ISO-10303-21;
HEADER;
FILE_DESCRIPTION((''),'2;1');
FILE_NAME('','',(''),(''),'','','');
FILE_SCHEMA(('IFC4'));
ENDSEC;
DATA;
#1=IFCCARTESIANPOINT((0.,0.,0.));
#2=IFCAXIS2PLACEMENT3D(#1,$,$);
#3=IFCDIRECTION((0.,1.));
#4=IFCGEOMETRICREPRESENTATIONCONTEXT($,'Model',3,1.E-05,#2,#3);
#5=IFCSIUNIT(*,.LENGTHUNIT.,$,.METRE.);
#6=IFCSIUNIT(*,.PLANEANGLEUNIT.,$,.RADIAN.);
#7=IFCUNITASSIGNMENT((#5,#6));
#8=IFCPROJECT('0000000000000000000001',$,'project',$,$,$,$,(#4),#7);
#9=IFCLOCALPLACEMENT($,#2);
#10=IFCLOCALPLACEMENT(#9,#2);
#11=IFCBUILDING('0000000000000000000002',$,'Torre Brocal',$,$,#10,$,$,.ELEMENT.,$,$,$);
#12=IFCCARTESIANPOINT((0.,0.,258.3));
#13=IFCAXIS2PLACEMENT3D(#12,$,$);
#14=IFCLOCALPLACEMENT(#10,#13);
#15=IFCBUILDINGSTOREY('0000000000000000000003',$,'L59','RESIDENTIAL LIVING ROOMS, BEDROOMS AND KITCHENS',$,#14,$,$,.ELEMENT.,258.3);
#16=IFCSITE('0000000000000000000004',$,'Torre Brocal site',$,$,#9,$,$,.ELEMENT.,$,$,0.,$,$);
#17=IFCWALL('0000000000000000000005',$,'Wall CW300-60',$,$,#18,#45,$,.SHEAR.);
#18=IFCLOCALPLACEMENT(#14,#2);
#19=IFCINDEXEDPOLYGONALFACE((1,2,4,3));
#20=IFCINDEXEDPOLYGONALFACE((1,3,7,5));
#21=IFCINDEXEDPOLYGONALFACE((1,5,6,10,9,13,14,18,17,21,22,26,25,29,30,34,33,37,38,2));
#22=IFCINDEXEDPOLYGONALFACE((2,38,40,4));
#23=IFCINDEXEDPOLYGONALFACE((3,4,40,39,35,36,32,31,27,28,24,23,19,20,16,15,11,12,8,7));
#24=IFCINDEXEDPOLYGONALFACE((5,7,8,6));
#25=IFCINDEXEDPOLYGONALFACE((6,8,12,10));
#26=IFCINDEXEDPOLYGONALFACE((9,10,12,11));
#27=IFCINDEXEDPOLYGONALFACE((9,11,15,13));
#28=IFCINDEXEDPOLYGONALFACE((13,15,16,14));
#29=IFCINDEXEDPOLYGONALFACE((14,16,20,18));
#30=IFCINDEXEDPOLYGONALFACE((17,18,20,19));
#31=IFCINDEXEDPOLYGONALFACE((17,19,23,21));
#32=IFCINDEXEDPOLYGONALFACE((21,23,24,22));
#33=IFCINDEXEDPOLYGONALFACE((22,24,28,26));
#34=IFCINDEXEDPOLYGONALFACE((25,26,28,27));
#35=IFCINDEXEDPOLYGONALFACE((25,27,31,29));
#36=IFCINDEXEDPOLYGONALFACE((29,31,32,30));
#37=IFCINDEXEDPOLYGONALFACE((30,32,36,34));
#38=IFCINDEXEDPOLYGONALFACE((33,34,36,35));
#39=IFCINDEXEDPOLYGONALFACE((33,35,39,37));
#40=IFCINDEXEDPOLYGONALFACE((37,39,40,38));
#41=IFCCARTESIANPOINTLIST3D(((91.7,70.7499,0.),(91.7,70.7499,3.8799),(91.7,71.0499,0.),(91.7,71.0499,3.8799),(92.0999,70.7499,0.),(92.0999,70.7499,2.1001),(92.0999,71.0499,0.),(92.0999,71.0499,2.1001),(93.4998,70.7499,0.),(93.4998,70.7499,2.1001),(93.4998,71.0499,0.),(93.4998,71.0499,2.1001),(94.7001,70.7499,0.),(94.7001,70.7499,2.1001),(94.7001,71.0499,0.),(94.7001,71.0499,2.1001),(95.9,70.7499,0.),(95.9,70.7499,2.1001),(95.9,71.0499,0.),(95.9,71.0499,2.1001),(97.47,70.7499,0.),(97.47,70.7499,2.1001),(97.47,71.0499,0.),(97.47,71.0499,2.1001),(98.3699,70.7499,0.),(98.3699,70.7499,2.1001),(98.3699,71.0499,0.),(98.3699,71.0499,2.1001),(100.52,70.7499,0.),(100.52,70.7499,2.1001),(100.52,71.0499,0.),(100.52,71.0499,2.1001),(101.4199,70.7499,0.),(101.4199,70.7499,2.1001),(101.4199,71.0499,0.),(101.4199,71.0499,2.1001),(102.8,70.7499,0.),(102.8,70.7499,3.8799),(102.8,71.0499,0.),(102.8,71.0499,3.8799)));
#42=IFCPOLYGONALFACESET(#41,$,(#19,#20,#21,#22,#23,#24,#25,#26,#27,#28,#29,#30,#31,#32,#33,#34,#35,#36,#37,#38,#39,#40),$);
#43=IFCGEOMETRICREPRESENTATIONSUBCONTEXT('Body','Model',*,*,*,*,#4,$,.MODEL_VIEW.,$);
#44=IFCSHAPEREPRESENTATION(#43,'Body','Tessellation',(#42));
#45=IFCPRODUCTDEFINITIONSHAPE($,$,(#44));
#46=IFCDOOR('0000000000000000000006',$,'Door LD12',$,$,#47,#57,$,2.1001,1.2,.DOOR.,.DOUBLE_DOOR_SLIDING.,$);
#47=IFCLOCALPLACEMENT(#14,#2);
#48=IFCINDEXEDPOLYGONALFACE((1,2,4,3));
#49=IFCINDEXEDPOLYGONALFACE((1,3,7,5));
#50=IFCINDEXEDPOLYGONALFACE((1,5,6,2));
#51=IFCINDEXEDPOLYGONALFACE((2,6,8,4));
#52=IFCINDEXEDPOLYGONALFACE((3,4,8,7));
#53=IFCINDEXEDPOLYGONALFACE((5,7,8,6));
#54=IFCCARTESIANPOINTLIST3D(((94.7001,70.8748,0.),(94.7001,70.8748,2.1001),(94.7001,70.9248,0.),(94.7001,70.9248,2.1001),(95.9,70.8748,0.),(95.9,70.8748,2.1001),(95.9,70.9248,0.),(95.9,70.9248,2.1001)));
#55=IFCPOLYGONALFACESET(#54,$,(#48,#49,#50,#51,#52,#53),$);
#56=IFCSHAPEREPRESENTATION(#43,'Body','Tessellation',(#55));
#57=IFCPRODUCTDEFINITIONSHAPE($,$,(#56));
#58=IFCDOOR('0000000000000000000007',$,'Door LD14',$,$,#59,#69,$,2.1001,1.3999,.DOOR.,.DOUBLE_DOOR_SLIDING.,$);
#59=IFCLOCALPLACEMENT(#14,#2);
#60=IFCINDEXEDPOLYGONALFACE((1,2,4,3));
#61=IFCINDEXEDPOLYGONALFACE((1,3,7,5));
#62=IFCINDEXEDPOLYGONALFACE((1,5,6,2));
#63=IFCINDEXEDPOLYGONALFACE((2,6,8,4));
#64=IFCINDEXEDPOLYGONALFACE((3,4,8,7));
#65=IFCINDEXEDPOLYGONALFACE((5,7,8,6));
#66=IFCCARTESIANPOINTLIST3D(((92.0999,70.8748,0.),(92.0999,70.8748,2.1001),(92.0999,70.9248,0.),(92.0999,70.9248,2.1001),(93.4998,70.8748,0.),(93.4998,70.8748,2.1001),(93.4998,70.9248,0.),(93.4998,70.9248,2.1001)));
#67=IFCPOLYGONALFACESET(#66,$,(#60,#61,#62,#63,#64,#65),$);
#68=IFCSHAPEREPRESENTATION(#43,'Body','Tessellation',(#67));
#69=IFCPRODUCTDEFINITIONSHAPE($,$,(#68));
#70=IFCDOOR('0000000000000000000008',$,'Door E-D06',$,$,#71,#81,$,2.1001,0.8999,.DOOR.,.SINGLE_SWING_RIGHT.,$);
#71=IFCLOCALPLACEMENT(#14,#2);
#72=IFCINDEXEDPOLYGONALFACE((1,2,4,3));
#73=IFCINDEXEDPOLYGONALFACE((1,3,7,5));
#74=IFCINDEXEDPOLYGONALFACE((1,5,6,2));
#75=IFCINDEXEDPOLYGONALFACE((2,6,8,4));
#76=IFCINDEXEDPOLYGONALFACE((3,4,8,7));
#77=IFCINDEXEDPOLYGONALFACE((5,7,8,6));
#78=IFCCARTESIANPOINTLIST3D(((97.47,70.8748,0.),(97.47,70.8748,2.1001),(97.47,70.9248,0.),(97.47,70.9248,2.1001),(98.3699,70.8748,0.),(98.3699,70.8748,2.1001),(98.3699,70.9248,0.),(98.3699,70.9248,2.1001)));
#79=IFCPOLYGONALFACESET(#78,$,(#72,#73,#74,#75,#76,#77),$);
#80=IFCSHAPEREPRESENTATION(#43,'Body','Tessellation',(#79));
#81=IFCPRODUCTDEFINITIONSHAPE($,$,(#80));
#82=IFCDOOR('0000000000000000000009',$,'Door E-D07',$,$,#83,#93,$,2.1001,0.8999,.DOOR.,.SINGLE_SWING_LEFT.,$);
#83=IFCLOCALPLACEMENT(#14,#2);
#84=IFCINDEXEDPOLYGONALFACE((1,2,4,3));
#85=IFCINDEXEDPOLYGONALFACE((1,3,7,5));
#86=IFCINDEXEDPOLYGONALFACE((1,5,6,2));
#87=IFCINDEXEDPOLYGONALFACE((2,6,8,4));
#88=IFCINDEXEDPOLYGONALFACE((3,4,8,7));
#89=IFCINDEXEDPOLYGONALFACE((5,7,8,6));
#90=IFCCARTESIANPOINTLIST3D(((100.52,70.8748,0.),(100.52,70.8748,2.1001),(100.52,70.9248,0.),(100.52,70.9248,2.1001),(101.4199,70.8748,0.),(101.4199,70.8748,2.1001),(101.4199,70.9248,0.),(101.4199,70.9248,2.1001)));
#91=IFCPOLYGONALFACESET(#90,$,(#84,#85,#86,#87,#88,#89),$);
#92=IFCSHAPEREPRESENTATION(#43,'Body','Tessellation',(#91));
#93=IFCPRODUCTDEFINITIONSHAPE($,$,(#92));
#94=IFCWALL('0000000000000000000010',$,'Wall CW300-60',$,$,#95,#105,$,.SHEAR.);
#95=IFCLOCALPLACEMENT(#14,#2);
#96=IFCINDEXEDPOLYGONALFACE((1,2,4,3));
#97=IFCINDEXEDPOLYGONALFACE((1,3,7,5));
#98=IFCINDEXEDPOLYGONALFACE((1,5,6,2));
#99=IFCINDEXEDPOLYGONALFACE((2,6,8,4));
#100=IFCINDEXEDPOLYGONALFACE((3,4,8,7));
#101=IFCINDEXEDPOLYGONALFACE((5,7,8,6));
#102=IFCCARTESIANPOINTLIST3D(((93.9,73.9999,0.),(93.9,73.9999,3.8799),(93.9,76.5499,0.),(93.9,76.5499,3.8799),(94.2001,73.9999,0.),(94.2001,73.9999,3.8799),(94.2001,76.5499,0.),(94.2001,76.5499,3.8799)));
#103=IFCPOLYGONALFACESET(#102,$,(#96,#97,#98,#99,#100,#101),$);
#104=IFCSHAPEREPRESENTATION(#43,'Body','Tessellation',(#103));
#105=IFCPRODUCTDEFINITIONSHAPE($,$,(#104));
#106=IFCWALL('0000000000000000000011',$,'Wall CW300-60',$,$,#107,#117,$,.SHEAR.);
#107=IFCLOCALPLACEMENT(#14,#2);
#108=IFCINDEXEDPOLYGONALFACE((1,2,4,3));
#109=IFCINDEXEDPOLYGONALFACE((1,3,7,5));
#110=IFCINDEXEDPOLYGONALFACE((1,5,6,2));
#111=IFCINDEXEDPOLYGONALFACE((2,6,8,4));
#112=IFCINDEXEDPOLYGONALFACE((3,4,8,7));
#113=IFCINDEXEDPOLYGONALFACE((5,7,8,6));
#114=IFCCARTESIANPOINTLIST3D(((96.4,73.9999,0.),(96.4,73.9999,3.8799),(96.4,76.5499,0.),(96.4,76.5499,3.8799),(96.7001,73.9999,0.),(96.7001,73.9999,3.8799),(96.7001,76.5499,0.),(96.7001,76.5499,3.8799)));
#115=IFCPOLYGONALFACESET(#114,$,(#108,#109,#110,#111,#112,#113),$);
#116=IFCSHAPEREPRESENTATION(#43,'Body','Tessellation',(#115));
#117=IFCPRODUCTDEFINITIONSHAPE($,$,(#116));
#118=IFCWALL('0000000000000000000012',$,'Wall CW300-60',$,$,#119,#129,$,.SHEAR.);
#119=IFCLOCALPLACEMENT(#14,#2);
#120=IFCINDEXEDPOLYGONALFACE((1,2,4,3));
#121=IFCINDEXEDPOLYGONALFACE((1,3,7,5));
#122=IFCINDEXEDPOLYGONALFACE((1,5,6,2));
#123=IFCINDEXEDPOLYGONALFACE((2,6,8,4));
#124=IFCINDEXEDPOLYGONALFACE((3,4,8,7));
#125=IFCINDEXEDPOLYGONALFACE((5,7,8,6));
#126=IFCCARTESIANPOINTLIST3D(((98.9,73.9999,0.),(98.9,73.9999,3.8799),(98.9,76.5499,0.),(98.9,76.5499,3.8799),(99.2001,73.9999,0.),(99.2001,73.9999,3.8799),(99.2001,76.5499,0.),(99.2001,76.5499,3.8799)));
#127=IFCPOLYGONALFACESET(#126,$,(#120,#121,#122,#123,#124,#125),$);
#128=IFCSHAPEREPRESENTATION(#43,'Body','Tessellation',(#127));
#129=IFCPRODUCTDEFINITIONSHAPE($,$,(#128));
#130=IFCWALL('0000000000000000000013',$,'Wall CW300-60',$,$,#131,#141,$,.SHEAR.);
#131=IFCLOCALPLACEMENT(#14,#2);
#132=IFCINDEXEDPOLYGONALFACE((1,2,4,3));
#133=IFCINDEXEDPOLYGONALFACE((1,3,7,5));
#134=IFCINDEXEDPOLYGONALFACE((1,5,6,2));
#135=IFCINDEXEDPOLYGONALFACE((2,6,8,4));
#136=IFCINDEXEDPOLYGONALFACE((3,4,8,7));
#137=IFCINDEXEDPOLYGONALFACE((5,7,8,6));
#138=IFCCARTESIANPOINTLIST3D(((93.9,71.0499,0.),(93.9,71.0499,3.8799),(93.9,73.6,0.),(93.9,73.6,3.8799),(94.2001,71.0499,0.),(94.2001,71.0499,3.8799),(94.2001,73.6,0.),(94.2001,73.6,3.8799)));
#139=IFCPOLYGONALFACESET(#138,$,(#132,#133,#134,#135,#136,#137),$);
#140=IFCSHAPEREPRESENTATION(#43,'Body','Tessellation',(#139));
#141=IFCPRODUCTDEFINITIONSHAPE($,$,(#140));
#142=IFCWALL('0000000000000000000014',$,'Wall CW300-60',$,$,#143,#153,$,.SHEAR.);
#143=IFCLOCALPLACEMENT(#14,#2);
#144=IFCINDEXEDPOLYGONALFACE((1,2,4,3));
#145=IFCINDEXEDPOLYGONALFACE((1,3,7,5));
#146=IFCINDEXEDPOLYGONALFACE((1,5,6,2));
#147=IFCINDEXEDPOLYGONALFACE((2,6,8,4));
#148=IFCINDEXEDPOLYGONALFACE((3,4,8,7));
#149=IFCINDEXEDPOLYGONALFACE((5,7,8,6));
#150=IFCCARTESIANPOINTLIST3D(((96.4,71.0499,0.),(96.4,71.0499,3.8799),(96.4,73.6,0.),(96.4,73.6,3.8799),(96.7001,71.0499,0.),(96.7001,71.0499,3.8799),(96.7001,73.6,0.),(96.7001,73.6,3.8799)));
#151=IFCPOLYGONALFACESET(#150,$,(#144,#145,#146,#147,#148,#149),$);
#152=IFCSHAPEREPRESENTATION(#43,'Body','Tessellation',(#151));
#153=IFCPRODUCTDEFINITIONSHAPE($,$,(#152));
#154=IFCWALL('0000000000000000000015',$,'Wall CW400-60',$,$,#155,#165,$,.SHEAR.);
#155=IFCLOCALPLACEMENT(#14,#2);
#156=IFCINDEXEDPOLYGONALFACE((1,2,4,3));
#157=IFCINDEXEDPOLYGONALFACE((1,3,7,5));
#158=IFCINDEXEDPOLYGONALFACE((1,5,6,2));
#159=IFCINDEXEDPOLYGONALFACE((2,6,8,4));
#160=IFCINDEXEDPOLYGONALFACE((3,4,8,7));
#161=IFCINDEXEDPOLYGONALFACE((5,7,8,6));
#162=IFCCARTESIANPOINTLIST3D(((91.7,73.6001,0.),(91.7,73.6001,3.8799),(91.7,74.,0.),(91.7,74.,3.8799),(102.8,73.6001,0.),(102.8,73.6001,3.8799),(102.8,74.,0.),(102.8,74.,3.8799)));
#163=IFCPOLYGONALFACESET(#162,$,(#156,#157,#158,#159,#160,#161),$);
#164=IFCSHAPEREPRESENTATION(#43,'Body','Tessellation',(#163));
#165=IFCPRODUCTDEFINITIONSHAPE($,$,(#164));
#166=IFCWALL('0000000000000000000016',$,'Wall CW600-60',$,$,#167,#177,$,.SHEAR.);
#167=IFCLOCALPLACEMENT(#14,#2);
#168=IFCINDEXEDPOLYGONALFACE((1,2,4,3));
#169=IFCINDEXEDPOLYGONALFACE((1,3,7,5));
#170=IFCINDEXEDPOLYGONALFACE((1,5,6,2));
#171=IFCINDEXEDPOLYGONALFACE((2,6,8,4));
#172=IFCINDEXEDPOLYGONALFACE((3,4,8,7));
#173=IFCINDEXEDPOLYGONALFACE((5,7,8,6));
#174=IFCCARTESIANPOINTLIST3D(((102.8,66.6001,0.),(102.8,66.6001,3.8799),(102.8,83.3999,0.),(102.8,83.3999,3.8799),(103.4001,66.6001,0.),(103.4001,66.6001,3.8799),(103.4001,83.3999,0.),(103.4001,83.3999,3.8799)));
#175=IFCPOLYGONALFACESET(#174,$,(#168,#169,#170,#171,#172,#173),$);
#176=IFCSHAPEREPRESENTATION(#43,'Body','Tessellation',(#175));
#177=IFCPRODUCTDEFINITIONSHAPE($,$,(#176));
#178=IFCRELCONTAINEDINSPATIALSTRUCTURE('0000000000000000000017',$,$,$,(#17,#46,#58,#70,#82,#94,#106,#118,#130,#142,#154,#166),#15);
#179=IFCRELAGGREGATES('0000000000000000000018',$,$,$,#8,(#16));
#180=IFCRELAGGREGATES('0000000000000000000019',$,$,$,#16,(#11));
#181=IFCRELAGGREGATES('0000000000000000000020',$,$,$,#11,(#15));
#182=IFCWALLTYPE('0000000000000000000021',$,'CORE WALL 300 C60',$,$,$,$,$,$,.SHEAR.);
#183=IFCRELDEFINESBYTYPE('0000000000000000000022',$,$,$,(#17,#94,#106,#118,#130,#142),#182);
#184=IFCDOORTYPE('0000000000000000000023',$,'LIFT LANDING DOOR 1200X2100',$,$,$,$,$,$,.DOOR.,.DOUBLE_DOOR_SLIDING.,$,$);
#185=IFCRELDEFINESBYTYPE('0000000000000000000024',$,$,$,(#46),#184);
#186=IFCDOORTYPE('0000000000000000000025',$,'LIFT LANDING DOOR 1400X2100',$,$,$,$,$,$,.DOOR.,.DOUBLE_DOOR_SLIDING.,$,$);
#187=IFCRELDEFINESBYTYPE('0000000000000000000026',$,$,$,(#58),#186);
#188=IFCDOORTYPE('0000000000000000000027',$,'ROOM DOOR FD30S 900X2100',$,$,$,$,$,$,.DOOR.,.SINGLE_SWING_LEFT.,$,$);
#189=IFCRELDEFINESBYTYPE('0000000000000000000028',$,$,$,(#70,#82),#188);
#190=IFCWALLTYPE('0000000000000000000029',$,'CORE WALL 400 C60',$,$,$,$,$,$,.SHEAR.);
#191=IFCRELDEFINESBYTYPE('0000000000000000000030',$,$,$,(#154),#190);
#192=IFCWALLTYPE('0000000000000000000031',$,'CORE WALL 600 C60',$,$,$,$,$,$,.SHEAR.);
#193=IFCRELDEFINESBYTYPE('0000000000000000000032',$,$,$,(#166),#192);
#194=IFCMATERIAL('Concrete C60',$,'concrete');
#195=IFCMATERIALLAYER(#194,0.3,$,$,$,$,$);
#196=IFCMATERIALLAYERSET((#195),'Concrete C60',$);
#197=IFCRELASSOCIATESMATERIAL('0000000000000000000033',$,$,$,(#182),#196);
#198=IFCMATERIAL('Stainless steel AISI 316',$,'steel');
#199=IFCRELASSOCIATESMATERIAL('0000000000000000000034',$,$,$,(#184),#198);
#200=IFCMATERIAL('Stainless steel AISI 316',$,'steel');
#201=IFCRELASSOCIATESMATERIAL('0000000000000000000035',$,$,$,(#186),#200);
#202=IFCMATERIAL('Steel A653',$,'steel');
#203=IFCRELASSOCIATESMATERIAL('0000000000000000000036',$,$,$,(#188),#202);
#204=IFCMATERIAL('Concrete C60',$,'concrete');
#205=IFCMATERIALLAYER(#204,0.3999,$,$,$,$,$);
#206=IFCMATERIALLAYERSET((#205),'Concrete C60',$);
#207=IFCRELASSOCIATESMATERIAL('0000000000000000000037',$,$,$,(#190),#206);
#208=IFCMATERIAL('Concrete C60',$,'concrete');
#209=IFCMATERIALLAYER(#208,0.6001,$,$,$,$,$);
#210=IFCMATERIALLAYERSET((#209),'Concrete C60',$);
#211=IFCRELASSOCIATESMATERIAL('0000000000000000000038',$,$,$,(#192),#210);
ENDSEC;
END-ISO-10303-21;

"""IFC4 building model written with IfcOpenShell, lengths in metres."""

from ifc_helpers import new_model, si_unit, direction, frame, frame_2d, origin, place, context, subcontext, project, spatial, rectangle, extrude, material, layer, layer_set, type_object, element, fill, save


model = new_model("IFC4")

# Units and contexts
model_context = context("Model", 3, precision=1e-05, world=origin(), true_north=direction((0.0, 1.0)))
body_context = subcontext(model_context, "Body", "Model", "MODEL_VIEW")
ifc_project = project(units=[si_unit("LENGTHUNIT", "METRE"), si_unit("PLANEANGLEUNIT", "RADIAN")], contexts=[model_context])

# Site, building, storey
site_placement = place(None, origin())
site = spatial("IfcSite", under=ifc_project, at=site_placement, Name="Torre Brocal site", CompositionType="ELEMENT", RefElevation=0.0)
building_placement = place(site_placement, origin())
building = spatial("IfcBuilding", under=site, at=building_placement, Name="Torre Brocal", CompositionType="ELEMENT")
storey_placement = place(building_placement, frame((0.0, 0.0, 258.3)))
storey = spatial("IfcBuildingStorey", under=building, at=storey_placement, Name="L59", Description="RESIDENTIAL LIVING ROOMS, BEDROOMS AND KITCHENS", CompositionType="ELEMENT", Elevation=258.3)

# Shared definitions
ifc_material_1 = material(Name="Concrete C60", Category="concrete")
ifc_layer_1 = layer(ifc_material_1, 0.3)
ifc_layer_set_1 = layer_set([ifc_layer_1], Name="Concrete C60")
wall_type_1 = type_object("IfcWallType", Name="CORE WALL 300 C60", PredefinedType="SHEAR", material=ifc_layer_set_1)

# Wall, openings, doors
wall_1_placement = place(storey_placement, frame((91.7, 70.8999, 0.0), z_axis=(0.0, 0.0, 1.0), x_axis=(1.0, 0.0, 0.0)))
wall_1 = element("IfcWall", 1, at=wall_1_placement, inside=storey, type_object=wall_type_1, Name="Wall CW300-60", PredefinedType="SHEAR", context=body_context, shape_type="SweptSolid", body=[
    extrude(rectangle(XDim=11.1001, YDim=0.3, at=frame_2d((5.55, 0.0))), origin(), (0.0, 0.0, 1.0), 3.8799),
])
opening_1_placement = place(wall_1_placement, frame((0.3999, 0.0, 0.0)))
opening_1 = element("IfcOpeningElement", 2, at=opening_1_placement, cuts=wall_1, PredefinedType="OPENING", context=body_context, shape_type="SweptSolid", body=[
    extrude(rectangle(XDim=1.3999, YDim=2.1001, at=frame_2d((0.7, 1.05))), frame((0.0, 0.1599, 0.0), z_axis=(0.0, -1.0, 0.0), x_axis=(1.0, 0.0, 0.0)), (0.0, 0.0, 1.0), 0.3201),
])
opening_2_placement = place(wall_1_placement, frame((3.0, 0.0, 0.0)))
opening_2 = element("IfcOpeningElement", 3, at=opening_2_placement, cuts=wall_1, PredefinedType="OPENING", context=body_context, shape_type="SweptSolid", body=[
    extrude(rectangle(XDim=1.2, YDim=2.1001, at=frame_2d((0.6001, 1.05))), frame((0.0, 0.1599, 0.0), z_axis=(0.0, -1.0, 0.0), x_axis=(1.0, 0.0, 0.0)), (0.0, 0.0, 1.0), 0.3201),
])
opening_3_placement = place(wall_1_placement, frame((5.77, 0.0, 0.0)))
opening_3 = element("IfcOpeningElement", 4, at=opening_3_placement, cuts=wall_1, PredefinedType="OPENING", context=body_context, shape_type="SweptSolid", body=[
    extrude(rectangle(XDim=0.8999, YDim=2.1001, at=frame_2d((0.45, 1.05))), frame((0.0, 0.1599, 0.0), z_axis=(0.0, -1.0, 0.0), x_axis=(1.0, 0.0, 0.0)), (0.0, 0.0, 1.0), 0.3201),
])
opening_4_placement = place(wall_1_placement, frame((8.8201, 0.0, 0.0)))
opening_4 = element("IfcOpeningElement", 5, at=opening_4_placement, cuts=wall_1, PredefinedType="OPENING", context=body_context, shape_type="SweptSolid", body=[
    extrude(rectangle(XDim=0.8999, YDim=2.1001, at=frame_2d((0.45, 1.05))), frame((0.0, 0.1599, 0.0), z_axis=(0.0, -1.0, 0.0), x_axis=(1.0, 0.0, 0.0)), (0.0, 0.0, 1.0), 0.3201),
])
ifc_material_2 = material(Name="Stainless steel AISI 316", Category="steel")
door_type_1 = type_object("IfcDoorType", Name="LIFT LANDING DOOR 1200X2100", OperationType="DOUBLE_DOOR_SLIDING", PredefinedType="DOOR", material=ifc_material_2)
door_1_placement = place(opening_2_placement, origin())
door_1 = element("IfcDoor", 6, at=door_1_placement, inside=storey, type_object=door_type_1, Name="Door LD12", OperationType="DOUBLE_DOOR_SLIDING", OverallHeight=2.1001, OverallWidth=1.2, PredefinedType="DOOR", context=body_context, shape_type="SweptSolid", body=[
    extrude(rectangle(XDim=1.2, YDim=2.1001, at=frame_2d((0.6001, 1.05))), frame((0.0, 0.0249, 0.0), z_axis=(0.0, -1.0, 0.0), x_axis=(1.0, 0.0, 0.0)), (0.0, 0.0, 1.0), 0.05),
])
fill(opening_2, door_1)
ifc_material_3 = material(Name="Stainless steel AISI 316", Category="steel")
door_type_2 = type_object("IfcDoorType", Name="LIFT LANDING DOOR 1400X2100", OperationType="DOUBLE_DOOR_SLIDING", PredefinedType="DOOR", material=ifc_material_3)
door_2_placement = place(opening_1_placement, origin())
door_2 = element("IfcDoor", 7, at=door_2_placement, inside=storey, type_object=door_type_2, Name="Door LD14", OperationType="DOUBLE_DOOR_SLIDING", OverallHeight=2.1001, OverallWidth=1.3999, PredefinedType="DOOR", context=body_context, shape_type="SweptSolid", body=[
    extrude(rectangle(XDim=1.3999, YDim=2.1001, at=frame_2d((0.7, 1.05))), frame((0.0, 0.0249, 0.0), z_axis=(0.0, -1.0, 0.0), x_axis=(1.0, 0.0, 0.0)), (0.0, 0.0, 1.0), 0.05),
])
fill(opening_1, door_2)
ifc_material_4 = material(Name="Steel A653", Category="steel")
door_type_3 = type_object("IfcDoorType", Name="ROOM DOOR FD30S 900X2100", OperationType="SINGLE_SWING_LEFT", PredefinedType="DOOR", material=ifc_material_4)
door_3_placement = place(opening_3_placement, origin())
door_3 = element("IfcDoor", 8, at=door_3_placement, inside=storey, type_object=door_type_3, Name="Door E-D06", OperationType="SINGLE_SWING_RIGHT", OverallHeight=2.1001, OverallWidth=0.8999, PredefinedType="DOOR", context=body_context, shape_type="SweptSolid", body=[
    extrude(rectangle(XDim=0.8999, YDim=2.1001, at=frame_2d((0.45, 1.05))), frame((0.0, 0.0249, 0.0), z_axis=(0.0, -1.0, 0.0), x_axis=(1.0, 0.0, 0.0)), (0.0, 0.0, 1.0), 0.05),
])
fill(opening_3, door_3)
door_4_placement = place(opening_4_placement, origin())
door_4 = element("IfcDoor", 9, at=door_4_placement, inside=storey, type_object=door_type_3, Name="Door E-D07", OperationType="SINGLE_SWING_LEFT", OverallHeight=2.1001, OverallWidth=0.8999, PredefinedType="DOOR", context=body_context, shape_type="SweptSolid", body=[
    extrude(rectangle(XDim=0.8999, YDim=2.1001, at=frame_2d((0.45, 1.05))), frame((0.0, 0.0249, 0.0), z_axis=(0.0, -1.0, 0.0), x_axis=(1.0, 0.0, 0.0)), (0.0, 0.0, 1.0), 0.05),
])
fill(opening_4, door_4)

# Walls
for number, where, z_axis, x_axis, name in (
    (10, (94.05, 74.0, 0.0), (0.0, 0.0, 1.0), (0.0, 1.0, 0.0), "Wall CW300-60"),
    (11, (96.55, 74.0, 0.0), (0.0, 0.0, 1.0), (0.0, 1.0, 0.0), "Wall CW300-60"),
    (12, (99.05, 74.0, 0.0), (0.0, 0.0, 1.0), (0.0, 1.0, 0.0), "Wall CW300-60"),
    (13, (94.05, 71.05, 0.0), (0.0, 0.0, 1.0), (0.0, 1.0, 0.0), "Wall CW300-60"),
    (14, (96.55, 71.05, 0.0), (0.0, 0.0, 1.0), (0.0, 1.0, 0.0), "Wall CW300-60"),
):
    element("IfcWall", number, at=place(storey_placement, frame(where, z_axis=z_axis, x_axis=x_axis)), inside=storey, type_object=wall_type_1, Name=name, PredefinedType="SHEAR", context=body_context, shape_type="SweptSolid", body=[
        extrude(rectangle(XDim=2.55, YDim=0.3, at=frame_2d((1.2749, 0.0))), origin(), (0.0, 0.0, 1.0), 3.8799),
    ])
ifc_material_5 = material(Name="Concrete C60", Category="concrete")
ifc_layer_2 = layer(ifc_material_5, 0.3999)
ifc_layer_set_2 = layer_set([ifc_layer_2], Name="Concrete C60")
wall_type_2 = type_object("IfcWallType", Name="CORE WALL 400 C60", PredefinedType="SHEAR", material=ifc_layer_set_2)
wall_2_placement = place(storey_placement, frame((91.7, 73.8, 0.0), z_axis=(0.0, 0.0, 1.0), x_axis=(1.0, 0.0, 0.0)))
element("IfcWall", 15, at=wall_2_placement, inside=storey, type_object=wall_type_2, Name="Wall CW400-60", PredefinedType="SHEAR", context=body_context, shape_type="SweptSolid", body=[
    extrude(rectangle(XDim=11.1001, YDim=0.3999, at=frame_2d((5.55, 0.0))), origin(), (0.0, 0.0, 1.0), 3.8799),
])
ifc_material_6 = material(Name="Concrete C60", Category="concrete")
ifc_layer_3 = layer(ifc_material_6, 0.6001)
ifc_layer_set_3 = layer_set([ifc_layer_3], Name="Concrete C60")
wall_type_3 = type_object("IfcWallType", Name="CORE WALL 600 C60", PredefinedType="SHEAR", material=ifc_layer_set_3)
wall_3_placement = place(storey_placement, frame((103.1001, 66.6001, 0.0), z_axis=(0.0, 0.0, 1.0), x_axis=(0.0, 1.0, 0.0)))
element("IfcWall", 16, at=wall_3_placement, inside=storey, type_object=wall_type_3, Name="Wall CW600-60", PredefinedType="SHEAR", context=body_context, shape_type="SweptSolid", body=[
    extrude(rectangle(XDim=16.7998, YDim=0.6001, at=frame_2d((8.3999, 0.0))), origin(), (0.0, 0.0, 1.0), 3.8799),
])

save(model, "model.ifc")
